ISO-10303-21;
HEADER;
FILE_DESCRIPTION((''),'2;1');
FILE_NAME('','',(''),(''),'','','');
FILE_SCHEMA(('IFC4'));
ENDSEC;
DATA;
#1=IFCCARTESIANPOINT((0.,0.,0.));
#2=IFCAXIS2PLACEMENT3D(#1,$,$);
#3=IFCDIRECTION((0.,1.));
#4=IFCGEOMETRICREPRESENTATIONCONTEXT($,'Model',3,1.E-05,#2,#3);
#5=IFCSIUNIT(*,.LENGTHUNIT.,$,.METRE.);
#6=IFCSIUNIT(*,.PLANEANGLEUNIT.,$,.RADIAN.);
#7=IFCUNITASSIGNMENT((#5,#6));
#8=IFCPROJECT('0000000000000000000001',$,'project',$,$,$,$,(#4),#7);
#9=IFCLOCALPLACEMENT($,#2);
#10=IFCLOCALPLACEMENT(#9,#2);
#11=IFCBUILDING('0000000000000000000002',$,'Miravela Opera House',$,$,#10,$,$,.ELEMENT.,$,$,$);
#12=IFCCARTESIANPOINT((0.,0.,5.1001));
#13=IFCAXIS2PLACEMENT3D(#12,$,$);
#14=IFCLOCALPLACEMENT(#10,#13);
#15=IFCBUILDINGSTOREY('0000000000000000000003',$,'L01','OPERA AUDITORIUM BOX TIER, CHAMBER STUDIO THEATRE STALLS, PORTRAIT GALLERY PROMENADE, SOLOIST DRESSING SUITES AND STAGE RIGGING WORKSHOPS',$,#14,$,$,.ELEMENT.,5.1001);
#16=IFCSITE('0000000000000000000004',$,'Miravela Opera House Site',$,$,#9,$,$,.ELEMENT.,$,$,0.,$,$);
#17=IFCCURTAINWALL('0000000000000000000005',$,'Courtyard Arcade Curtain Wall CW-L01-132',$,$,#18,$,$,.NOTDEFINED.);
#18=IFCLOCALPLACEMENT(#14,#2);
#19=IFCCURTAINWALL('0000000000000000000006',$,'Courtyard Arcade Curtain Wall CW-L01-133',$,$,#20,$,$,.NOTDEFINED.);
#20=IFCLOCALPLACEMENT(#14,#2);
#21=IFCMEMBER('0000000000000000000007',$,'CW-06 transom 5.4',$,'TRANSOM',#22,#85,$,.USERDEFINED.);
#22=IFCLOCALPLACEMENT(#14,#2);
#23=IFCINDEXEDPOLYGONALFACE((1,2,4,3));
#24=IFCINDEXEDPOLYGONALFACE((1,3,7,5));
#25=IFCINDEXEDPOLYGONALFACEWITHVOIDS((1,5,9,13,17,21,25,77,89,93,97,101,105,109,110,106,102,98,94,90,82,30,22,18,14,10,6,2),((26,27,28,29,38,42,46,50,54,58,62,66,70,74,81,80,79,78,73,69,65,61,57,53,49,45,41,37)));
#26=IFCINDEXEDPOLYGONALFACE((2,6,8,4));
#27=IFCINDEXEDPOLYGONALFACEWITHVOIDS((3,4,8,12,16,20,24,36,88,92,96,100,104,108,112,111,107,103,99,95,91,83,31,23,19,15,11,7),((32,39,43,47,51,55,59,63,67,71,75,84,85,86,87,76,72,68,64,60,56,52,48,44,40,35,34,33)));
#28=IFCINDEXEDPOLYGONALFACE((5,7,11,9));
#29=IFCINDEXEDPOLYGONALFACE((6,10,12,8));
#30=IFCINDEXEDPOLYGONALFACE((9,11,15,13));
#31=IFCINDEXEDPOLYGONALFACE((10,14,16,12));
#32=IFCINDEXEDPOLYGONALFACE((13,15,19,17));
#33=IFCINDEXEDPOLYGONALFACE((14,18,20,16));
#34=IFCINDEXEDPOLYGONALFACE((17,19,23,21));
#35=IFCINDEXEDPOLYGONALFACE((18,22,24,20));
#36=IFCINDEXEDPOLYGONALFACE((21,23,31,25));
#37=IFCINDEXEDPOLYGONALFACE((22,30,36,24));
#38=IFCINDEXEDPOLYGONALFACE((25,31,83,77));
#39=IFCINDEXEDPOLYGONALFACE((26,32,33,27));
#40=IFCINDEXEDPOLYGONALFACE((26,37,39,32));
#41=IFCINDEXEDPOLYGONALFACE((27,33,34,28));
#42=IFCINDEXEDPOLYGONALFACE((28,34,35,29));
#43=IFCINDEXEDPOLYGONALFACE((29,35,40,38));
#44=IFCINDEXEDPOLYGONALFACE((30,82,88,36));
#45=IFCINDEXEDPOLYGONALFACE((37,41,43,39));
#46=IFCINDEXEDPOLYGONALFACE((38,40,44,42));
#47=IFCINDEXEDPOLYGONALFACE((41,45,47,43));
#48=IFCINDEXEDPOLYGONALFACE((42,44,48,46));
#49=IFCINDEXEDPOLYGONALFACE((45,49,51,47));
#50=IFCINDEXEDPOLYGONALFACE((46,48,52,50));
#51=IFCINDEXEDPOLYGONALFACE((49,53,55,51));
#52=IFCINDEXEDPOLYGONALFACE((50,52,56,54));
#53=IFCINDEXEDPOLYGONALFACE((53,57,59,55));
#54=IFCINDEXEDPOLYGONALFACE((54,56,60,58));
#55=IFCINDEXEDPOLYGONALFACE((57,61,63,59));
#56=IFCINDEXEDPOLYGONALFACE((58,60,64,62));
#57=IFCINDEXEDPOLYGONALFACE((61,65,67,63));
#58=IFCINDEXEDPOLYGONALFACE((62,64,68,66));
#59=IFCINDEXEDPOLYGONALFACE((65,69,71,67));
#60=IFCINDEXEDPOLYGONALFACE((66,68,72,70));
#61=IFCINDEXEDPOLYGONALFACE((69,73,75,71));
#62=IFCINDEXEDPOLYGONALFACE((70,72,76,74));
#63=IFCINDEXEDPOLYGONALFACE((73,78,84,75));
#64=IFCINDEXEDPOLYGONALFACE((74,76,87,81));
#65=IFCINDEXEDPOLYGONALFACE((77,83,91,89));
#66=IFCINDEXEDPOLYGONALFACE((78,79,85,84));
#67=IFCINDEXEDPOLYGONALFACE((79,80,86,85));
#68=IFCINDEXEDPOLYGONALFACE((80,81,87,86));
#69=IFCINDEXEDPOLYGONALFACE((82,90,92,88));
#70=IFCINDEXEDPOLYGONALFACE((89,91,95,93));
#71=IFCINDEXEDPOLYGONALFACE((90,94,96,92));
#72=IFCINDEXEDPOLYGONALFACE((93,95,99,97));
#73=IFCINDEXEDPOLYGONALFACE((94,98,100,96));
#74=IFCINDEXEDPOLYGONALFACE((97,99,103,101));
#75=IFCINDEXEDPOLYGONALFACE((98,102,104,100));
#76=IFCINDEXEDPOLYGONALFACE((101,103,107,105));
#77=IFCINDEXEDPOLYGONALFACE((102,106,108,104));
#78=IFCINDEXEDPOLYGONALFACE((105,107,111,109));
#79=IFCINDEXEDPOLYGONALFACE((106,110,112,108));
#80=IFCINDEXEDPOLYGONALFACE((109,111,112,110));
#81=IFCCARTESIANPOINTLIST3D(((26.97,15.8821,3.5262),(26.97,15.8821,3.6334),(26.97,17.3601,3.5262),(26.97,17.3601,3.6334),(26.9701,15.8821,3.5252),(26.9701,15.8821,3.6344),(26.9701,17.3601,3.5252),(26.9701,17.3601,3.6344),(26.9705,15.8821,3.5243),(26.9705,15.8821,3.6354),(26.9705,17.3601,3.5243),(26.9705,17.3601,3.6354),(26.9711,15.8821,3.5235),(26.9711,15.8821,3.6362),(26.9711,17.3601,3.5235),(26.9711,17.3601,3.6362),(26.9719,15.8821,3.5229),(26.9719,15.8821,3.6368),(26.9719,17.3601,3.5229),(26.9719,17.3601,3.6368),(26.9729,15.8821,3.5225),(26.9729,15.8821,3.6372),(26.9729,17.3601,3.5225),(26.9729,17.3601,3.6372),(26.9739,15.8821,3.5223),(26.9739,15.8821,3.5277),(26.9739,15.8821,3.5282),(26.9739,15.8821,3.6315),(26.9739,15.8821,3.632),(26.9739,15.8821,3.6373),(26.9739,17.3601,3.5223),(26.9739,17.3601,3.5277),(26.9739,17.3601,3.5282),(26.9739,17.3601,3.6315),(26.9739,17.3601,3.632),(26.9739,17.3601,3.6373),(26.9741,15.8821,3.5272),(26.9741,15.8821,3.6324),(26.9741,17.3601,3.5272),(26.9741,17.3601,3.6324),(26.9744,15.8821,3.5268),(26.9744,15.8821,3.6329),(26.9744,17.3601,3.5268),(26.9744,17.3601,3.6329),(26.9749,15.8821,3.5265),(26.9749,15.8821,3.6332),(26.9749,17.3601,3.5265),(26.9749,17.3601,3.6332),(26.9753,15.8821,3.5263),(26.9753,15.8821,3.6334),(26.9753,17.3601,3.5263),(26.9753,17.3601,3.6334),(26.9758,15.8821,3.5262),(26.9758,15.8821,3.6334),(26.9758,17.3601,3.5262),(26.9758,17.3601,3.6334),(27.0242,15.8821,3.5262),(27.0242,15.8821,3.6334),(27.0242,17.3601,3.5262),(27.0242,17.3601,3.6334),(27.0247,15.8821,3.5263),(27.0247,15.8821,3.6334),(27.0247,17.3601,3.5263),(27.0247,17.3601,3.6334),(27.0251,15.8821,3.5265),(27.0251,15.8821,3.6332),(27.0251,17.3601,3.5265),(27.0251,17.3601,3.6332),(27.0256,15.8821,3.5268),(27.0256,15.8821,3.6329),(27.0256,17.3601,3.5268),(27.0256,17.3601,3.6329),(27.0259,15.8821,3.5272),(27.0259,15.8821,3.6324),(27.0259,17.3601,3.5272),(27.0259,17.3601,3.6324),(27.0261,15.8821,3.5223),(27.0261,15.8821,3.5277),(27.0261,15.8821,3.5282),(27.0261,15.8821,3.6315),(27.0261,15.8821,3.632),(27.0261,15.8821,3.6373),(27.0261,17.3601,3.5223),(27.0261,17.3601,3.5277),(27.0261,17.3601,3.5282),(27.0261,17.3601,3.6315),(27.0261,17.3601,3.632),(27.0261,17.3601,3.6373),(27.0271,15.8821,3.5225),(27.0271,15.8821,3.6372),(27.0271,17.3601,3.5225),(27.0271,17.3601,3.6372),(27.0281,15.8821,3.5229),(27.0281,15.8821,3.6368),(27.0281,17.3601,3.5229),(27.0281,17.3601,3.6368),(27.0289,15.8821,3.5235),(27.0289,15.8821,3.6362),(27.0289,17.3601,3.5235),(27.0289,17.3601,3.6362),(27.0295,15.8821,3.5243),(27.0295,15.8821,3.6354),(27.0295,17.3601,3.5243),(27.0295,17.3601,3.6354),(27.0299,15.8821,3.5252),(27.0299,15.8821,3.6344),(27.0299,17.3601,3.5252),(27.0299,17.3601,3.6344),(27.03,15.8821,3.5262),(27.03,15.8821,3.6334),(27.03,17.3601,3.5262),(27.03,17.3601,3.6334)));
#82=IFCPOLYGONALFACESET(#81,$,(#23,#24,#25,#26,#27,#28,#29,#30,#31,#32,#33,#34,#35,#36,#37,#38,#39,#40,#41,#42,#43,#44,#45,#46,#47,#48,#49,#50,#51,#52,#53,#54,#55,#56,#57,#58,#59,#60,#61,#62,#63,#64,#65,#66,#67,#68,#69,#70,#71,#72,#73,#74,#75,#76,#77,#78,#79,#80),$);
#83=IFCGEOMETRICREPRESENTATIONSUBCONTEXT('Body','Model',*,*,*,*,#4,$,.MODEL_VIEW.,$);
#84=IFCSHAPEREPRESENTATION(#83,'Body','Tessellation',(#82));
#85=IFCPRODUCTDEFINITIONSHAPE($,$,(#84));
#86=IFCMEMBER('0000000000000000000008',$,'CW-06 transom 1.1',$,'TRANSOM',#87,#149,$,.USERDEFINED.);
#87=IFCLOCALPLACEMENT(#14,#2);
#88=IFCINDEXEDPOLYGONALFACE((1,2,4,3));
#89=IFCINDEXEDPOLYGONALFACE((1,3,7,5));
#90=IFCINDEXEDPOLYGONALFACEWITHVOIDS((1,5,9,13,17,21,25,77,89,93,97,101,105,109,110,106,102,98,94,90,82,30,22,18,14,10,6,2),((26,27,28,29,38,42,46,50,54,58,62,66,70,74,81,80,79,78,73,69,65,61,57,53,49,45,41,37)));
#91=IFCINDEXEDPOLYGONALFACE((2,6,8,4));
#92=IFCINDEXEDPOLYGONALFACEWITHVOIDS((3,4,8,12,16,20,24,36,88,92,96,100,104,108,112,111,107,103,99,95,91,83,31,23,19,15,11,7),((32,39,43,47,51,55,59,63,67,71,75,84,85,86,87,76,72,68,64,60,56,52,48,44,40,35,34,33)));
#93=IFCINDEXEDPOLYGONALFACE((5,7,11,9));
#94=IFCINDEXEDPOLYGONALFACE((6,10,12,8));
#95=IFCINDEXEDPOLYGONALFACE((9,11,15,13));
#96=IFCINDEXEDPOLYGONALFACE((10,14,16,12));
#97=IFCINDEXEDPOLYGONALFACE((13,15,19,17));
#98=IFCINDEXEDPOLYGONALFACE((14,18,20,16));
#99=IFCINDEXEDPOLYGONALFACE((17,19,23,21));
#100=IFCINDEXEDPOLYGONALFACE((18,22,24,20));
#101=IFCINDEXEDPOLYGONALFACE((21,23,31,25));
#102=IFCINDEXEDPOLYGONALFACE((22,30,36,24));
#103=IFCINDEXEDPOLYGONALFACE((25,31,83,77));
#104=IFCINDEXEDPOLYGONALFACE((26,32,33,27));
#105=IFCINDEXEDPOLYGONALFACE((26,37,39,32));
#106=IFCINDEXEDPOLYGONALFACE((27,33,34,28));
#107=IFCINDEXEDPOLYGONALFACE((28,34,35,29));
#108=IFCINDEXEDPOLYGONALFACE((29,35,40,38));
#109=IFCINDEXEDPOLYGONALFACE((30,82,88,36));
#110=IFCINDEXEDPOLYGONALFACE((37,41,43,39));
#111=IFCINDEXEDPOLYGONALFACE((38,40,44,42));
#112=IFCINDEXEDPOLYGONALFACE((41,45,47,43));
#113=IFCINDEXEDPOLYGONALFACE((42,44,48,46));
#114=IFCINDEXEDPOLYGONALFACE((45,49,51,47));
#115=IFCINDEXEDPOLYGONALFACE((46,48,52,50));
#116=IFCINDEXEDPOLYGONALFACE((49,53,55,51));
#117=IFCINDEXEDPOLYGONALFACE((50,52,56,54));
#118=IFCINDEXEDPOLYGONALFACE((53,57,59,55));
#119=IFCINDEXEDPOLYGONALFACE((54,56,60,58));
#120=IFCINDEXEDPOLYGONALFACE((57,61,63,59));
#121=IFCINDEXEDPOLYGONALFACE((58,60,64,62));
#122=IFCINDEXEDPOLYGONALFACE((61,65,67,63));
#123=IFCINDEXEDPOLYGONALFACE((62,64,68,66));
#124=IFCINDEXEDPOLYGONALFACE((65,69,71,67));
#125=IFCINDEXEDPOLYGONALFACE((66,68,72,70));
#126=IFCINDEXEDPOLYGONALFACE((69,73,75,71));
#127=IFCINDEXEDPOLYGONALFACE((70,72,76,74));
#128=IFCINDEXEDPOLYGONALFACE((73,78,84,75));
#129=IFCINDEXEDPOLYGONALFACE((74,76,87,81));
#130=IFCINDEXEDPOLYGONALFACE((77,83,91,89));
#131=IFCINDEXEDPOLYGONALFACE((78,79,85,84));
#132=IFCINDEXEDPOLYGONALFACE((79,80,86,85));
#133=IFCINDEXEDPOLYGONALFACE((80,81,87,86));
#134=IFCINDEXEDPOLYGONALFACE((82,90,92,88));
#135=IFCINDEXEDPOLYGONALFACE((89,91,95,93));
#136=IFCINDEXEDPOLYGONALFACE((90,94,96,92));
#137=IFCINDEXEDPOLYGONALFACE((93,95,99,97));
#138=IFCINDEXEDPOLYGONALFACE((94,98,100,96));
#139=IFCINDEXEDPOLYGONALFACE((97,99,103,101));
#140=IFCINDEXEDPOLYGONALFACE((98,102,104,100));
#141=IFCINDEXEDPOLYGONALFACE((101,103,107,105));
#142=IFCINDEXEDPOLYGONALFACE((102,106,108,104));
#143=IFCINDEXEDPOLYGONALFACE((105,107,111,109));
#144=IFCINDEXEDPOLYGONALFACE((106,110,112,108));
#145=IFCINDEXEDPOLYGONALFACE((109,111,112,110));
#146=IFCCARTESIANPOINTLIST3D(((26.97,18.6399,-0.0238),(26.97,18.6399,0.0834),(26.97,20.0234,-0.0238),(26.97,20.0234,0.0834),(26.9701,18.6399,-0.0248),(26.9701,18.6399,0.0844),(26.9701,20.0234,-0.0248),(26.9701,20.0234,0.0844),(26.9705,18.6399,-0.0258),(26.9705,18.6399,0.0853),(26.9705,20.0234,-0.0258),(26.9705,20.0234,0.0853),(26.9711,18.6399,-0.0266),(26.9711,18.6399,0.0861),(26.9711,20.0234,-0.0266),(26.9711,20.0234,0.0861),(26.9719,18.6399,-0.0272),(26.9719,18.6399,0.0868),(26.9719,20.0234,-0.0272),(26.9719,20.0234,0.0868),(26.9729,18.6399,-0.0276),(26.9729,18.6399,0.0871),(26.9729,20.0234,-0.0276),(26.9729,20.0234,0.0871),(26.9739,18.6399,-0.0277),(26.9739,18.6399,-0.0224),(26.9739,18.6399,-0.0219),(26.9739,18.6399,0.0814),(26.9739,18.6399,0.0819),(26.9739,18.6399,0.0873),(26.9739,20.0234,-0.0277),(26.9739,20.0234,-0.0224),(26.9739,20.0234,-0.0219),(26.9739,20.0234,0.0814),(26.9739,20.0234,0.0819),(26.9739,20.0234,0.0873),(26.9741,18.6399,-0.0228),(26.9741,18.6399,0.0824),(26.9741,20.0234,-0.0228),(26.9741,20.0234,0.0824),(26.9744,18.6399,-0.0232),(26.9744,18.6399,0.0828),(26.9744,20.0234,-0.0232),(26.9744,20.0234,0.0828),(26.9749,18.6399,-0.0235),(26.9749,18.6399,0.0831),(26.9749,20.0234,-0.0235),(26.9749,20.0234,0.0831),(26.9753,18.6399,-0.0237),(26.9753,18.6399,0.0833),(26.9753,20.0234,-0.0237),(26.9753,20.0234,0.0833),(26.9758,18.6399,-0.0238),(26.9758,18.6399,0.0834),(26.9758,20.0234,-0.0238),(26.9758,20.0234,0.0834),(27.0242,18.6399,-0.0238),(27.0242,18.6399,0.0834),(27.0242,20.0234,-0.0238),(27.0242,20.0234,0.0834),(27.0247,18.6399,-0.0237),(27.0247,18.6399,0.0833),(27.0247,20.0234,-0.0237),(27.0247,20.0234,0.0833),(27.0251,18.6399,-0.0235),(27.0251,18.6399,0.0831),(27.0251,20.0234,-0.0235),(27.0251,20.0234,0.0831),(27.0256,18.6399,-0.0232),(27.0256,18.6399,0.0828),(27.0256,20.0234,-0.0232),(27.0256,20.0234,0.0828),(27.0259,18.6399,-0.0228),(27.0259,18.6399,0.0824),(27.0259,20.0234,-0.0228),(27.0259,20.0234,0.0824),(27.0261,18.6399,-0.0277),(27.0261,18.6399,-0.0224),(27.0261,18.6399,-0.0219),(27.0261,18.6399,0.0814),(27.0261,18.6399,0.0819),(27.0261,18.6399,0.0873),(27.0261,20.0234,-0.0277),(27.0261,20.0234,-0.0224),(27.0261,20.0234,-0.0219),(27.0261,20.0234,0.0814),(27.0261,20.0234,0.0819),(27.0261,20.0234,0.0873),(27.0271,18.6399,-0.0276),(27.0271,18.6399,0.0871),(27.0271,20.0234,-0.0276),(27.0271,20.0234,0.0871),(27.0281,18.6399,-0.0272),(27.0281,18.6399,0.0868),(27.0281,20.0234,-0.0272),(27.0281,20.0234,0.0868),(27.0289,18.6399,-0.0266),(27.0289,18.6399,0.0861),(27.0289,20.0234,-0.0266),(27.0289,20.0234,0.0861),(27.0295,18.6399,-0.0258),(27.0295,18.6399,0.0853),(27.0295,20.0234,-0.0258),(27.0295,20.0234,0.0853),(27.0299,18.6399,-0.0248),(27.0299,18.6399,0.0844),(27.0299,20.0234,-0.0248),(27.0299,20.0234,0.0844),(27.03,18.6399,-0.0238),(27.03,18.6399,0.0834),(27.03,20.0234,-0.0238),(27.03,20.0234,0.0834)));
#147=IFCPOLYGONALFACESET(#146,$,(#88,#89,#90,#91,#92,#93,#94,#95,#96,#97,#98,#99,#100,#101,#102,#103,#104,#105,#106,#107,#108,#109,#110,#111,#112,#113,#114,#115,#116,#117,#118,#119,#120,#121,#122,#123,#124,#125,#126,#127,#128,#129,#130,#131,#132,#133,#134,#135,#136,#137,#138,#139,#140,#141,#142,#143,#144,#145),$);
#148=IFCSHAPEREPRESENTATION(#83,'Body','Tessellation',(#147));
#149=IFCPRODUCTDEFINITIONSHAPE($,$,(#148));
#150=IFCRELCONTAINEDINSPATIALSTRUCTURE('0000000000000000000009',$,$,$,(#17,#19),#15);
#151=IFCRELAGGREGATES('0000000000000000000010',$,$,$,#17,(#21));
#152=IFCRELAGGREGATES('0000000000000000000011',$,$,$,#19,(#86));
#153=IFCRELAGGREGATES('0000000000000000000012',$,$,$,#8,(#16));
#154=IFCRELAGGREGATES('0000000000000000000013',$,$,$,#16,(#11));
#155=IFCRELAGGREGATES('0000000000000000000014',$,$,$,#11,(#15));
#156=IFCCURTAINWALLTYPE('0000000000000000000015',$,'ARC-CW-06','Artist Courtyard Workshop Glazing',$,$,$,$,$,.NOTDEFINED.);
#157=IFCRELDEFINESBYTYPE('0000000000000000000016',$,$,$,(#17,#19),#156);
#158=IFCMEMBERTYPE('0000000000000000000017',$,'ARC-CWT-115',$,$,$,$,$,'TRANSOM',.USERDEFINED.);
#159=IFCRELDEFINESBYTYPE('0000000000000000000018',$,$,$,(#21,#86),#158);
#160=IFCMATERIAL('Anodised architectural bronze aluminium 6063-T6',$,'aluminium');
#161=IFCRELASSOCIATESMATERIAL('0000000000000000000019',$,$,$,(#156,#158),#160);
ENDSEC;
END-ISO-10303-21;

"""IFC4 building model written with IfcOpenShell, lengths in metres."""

from ifc_helpers import new_model, si_unit, direction, frame, origin, origin_2d, place, context, subcontext, project, spatial, hollow_rectangle, extrude, material, material_profile, profile_set, type_object, element, aggregate, save


model = new_model("IFC4")

# Units and contexts
model_context = context("Model", 3, precision=1e-05, world=origin(), true_north=direction((0.0, 1.0)))
body_context = subcontext(model_context, "Body", "Model", "MODEL_VIEW")
ifc_project = project(units=[si_unit("LENGTHUNIT", "METRE"), si_unit("PLANEANGLEUNIT", "RADIAN")], contexts=[model_context])

# Site, building, storey
site_placement = place(None, origin())
site = spatial("IfcSite", under=ifc_project, at=site_placement, Name="Miravela Opera House Site", CompositionType="ELEMENT", RefElevation=0.0)
building_placement = place(site_placement, origin())
building = spatial("IfcBuilding", under=site, at=building_placement, Name="Miravela Opera House", CompositionType="ELEMENT")
storey_placement = place(building_placement, frame((0.0, 0.0, 5.1001)))
storey = spatial("IfcBuildingStorey", under=building, at=storey_placement, Name="L01", Description="OPERA AUDITORIUM BOX TIER, CHAMBER STUDIO THEATRE STALLS, PORTRAIT GALLERY PROMENADE, SOLOIST DRESSING SUITES AND STAGE RIGGING WORKSHOPS", CompositionType="ELEMENT", Elevation=5.1001)

# Curtain wall
ifc_material_1 = material(Name="Anodised architectural bronze aluminium 6063-T6", Category="aluminium")
curtain_wall_type = type_object("IfcCurtainWallType", Name="ARC-CW-06", Description="Artist Courtyard Workshop Glazing", PredefinedType="NOTDEFINED", material=ifc_material_1)
curtain_wall_1_placement = place(storey_placement, origin())
curtain_wall_1 = element("IfcCurtainWall", 1, at=curtain_wall_1_placement, inside=storey, type_object=curtain_wall_type, Name="Courtyard Arcade Curtain Wall CW-L01-132", PredefinedType="NOTDEFINED")

# Curtain wall
curtain_wall_2_placement = place(storey_placement, origin())
curtain_wall_2 = element("IfcCurtainWall", 2, at=curtain_wall_2_placement, inside=storey, type_object=curtain_wall_type, Name="Courtyard Arcade Curtain Wall CW-L01-133", PredefinedType="NOTDEFINED")

# Members
ifc_material_profile_1 = material_profile(ifc_material_1, hollow_rectangle(XDim=0.0601, YDim=0.115, WallThickness=0.0039, InnerFilletRadius=0.002, OuterFilletRadius=0.0039, at=origin_2d()), Name="CWT-60X115")
ifc_profile_set_1 = profile_set([ifc_material_profile_1])
member_type_1 = type_object("IfcMemberType", Name="ARC-CWT-115", ElementType="TRANSOM", PredefinedType="USERDEFINED", material=ifc_profile_set_1)
member_1_placement = place(storey_placement, frame((27.0, 15.8821, 3.5798), z_axis=(0.0, 1.0, 0.0), x_axis=(-1.0, 0.0, 0.0)))
member_1 = element("IfcMember", 3, at=member_1_placement, type_object=member_type_1, Name="CW-06 transom 5.4", ObjectType="TRANSOM", PredefinedType="USERDEFINED", context=body_context, shape_type="SweptSolid", body=[
    extrude(hollow_rectangle(XDim=0.0601, YDim=0.115, WallThickness=0.0039, InnerFilletRadius=0.002, OuterFilletRadius=0.0039, at=origin_2d()), origin(), (0.0, 0.0, 1.0), 1.478),
])
member_2_placement = place(storey_placement, frame((27.0, 18.6399, 0.0298), z_axis=(0.0, 1.0, 0.0), x_axis=(-1.0, 0.0, 0.0)))
member_2 = element("IfcMember", 4, at=member_2_placement, type_object=member_type_1, Name="CW-06 transom 1.1", ObjectType="TRANSOM", PredefinedType="USERDEFINED", context=body_context, shape_type="SweptSolid", body=[
    extrude(hollow_rectangle(XDim=0.0601, YDim=0.115, WallThickness=0.0039, InnerFilletRadius=0.002, OuterFilletRadius=0.0039, at=origin_2d()), origin(), (0.0, 0.0, 1.0), 1.3835),
])

aggregate(curtain_wall_1, [member_1])
aggregate(curtain_wall_2, [member_2])

save(model, "model.ifc")
